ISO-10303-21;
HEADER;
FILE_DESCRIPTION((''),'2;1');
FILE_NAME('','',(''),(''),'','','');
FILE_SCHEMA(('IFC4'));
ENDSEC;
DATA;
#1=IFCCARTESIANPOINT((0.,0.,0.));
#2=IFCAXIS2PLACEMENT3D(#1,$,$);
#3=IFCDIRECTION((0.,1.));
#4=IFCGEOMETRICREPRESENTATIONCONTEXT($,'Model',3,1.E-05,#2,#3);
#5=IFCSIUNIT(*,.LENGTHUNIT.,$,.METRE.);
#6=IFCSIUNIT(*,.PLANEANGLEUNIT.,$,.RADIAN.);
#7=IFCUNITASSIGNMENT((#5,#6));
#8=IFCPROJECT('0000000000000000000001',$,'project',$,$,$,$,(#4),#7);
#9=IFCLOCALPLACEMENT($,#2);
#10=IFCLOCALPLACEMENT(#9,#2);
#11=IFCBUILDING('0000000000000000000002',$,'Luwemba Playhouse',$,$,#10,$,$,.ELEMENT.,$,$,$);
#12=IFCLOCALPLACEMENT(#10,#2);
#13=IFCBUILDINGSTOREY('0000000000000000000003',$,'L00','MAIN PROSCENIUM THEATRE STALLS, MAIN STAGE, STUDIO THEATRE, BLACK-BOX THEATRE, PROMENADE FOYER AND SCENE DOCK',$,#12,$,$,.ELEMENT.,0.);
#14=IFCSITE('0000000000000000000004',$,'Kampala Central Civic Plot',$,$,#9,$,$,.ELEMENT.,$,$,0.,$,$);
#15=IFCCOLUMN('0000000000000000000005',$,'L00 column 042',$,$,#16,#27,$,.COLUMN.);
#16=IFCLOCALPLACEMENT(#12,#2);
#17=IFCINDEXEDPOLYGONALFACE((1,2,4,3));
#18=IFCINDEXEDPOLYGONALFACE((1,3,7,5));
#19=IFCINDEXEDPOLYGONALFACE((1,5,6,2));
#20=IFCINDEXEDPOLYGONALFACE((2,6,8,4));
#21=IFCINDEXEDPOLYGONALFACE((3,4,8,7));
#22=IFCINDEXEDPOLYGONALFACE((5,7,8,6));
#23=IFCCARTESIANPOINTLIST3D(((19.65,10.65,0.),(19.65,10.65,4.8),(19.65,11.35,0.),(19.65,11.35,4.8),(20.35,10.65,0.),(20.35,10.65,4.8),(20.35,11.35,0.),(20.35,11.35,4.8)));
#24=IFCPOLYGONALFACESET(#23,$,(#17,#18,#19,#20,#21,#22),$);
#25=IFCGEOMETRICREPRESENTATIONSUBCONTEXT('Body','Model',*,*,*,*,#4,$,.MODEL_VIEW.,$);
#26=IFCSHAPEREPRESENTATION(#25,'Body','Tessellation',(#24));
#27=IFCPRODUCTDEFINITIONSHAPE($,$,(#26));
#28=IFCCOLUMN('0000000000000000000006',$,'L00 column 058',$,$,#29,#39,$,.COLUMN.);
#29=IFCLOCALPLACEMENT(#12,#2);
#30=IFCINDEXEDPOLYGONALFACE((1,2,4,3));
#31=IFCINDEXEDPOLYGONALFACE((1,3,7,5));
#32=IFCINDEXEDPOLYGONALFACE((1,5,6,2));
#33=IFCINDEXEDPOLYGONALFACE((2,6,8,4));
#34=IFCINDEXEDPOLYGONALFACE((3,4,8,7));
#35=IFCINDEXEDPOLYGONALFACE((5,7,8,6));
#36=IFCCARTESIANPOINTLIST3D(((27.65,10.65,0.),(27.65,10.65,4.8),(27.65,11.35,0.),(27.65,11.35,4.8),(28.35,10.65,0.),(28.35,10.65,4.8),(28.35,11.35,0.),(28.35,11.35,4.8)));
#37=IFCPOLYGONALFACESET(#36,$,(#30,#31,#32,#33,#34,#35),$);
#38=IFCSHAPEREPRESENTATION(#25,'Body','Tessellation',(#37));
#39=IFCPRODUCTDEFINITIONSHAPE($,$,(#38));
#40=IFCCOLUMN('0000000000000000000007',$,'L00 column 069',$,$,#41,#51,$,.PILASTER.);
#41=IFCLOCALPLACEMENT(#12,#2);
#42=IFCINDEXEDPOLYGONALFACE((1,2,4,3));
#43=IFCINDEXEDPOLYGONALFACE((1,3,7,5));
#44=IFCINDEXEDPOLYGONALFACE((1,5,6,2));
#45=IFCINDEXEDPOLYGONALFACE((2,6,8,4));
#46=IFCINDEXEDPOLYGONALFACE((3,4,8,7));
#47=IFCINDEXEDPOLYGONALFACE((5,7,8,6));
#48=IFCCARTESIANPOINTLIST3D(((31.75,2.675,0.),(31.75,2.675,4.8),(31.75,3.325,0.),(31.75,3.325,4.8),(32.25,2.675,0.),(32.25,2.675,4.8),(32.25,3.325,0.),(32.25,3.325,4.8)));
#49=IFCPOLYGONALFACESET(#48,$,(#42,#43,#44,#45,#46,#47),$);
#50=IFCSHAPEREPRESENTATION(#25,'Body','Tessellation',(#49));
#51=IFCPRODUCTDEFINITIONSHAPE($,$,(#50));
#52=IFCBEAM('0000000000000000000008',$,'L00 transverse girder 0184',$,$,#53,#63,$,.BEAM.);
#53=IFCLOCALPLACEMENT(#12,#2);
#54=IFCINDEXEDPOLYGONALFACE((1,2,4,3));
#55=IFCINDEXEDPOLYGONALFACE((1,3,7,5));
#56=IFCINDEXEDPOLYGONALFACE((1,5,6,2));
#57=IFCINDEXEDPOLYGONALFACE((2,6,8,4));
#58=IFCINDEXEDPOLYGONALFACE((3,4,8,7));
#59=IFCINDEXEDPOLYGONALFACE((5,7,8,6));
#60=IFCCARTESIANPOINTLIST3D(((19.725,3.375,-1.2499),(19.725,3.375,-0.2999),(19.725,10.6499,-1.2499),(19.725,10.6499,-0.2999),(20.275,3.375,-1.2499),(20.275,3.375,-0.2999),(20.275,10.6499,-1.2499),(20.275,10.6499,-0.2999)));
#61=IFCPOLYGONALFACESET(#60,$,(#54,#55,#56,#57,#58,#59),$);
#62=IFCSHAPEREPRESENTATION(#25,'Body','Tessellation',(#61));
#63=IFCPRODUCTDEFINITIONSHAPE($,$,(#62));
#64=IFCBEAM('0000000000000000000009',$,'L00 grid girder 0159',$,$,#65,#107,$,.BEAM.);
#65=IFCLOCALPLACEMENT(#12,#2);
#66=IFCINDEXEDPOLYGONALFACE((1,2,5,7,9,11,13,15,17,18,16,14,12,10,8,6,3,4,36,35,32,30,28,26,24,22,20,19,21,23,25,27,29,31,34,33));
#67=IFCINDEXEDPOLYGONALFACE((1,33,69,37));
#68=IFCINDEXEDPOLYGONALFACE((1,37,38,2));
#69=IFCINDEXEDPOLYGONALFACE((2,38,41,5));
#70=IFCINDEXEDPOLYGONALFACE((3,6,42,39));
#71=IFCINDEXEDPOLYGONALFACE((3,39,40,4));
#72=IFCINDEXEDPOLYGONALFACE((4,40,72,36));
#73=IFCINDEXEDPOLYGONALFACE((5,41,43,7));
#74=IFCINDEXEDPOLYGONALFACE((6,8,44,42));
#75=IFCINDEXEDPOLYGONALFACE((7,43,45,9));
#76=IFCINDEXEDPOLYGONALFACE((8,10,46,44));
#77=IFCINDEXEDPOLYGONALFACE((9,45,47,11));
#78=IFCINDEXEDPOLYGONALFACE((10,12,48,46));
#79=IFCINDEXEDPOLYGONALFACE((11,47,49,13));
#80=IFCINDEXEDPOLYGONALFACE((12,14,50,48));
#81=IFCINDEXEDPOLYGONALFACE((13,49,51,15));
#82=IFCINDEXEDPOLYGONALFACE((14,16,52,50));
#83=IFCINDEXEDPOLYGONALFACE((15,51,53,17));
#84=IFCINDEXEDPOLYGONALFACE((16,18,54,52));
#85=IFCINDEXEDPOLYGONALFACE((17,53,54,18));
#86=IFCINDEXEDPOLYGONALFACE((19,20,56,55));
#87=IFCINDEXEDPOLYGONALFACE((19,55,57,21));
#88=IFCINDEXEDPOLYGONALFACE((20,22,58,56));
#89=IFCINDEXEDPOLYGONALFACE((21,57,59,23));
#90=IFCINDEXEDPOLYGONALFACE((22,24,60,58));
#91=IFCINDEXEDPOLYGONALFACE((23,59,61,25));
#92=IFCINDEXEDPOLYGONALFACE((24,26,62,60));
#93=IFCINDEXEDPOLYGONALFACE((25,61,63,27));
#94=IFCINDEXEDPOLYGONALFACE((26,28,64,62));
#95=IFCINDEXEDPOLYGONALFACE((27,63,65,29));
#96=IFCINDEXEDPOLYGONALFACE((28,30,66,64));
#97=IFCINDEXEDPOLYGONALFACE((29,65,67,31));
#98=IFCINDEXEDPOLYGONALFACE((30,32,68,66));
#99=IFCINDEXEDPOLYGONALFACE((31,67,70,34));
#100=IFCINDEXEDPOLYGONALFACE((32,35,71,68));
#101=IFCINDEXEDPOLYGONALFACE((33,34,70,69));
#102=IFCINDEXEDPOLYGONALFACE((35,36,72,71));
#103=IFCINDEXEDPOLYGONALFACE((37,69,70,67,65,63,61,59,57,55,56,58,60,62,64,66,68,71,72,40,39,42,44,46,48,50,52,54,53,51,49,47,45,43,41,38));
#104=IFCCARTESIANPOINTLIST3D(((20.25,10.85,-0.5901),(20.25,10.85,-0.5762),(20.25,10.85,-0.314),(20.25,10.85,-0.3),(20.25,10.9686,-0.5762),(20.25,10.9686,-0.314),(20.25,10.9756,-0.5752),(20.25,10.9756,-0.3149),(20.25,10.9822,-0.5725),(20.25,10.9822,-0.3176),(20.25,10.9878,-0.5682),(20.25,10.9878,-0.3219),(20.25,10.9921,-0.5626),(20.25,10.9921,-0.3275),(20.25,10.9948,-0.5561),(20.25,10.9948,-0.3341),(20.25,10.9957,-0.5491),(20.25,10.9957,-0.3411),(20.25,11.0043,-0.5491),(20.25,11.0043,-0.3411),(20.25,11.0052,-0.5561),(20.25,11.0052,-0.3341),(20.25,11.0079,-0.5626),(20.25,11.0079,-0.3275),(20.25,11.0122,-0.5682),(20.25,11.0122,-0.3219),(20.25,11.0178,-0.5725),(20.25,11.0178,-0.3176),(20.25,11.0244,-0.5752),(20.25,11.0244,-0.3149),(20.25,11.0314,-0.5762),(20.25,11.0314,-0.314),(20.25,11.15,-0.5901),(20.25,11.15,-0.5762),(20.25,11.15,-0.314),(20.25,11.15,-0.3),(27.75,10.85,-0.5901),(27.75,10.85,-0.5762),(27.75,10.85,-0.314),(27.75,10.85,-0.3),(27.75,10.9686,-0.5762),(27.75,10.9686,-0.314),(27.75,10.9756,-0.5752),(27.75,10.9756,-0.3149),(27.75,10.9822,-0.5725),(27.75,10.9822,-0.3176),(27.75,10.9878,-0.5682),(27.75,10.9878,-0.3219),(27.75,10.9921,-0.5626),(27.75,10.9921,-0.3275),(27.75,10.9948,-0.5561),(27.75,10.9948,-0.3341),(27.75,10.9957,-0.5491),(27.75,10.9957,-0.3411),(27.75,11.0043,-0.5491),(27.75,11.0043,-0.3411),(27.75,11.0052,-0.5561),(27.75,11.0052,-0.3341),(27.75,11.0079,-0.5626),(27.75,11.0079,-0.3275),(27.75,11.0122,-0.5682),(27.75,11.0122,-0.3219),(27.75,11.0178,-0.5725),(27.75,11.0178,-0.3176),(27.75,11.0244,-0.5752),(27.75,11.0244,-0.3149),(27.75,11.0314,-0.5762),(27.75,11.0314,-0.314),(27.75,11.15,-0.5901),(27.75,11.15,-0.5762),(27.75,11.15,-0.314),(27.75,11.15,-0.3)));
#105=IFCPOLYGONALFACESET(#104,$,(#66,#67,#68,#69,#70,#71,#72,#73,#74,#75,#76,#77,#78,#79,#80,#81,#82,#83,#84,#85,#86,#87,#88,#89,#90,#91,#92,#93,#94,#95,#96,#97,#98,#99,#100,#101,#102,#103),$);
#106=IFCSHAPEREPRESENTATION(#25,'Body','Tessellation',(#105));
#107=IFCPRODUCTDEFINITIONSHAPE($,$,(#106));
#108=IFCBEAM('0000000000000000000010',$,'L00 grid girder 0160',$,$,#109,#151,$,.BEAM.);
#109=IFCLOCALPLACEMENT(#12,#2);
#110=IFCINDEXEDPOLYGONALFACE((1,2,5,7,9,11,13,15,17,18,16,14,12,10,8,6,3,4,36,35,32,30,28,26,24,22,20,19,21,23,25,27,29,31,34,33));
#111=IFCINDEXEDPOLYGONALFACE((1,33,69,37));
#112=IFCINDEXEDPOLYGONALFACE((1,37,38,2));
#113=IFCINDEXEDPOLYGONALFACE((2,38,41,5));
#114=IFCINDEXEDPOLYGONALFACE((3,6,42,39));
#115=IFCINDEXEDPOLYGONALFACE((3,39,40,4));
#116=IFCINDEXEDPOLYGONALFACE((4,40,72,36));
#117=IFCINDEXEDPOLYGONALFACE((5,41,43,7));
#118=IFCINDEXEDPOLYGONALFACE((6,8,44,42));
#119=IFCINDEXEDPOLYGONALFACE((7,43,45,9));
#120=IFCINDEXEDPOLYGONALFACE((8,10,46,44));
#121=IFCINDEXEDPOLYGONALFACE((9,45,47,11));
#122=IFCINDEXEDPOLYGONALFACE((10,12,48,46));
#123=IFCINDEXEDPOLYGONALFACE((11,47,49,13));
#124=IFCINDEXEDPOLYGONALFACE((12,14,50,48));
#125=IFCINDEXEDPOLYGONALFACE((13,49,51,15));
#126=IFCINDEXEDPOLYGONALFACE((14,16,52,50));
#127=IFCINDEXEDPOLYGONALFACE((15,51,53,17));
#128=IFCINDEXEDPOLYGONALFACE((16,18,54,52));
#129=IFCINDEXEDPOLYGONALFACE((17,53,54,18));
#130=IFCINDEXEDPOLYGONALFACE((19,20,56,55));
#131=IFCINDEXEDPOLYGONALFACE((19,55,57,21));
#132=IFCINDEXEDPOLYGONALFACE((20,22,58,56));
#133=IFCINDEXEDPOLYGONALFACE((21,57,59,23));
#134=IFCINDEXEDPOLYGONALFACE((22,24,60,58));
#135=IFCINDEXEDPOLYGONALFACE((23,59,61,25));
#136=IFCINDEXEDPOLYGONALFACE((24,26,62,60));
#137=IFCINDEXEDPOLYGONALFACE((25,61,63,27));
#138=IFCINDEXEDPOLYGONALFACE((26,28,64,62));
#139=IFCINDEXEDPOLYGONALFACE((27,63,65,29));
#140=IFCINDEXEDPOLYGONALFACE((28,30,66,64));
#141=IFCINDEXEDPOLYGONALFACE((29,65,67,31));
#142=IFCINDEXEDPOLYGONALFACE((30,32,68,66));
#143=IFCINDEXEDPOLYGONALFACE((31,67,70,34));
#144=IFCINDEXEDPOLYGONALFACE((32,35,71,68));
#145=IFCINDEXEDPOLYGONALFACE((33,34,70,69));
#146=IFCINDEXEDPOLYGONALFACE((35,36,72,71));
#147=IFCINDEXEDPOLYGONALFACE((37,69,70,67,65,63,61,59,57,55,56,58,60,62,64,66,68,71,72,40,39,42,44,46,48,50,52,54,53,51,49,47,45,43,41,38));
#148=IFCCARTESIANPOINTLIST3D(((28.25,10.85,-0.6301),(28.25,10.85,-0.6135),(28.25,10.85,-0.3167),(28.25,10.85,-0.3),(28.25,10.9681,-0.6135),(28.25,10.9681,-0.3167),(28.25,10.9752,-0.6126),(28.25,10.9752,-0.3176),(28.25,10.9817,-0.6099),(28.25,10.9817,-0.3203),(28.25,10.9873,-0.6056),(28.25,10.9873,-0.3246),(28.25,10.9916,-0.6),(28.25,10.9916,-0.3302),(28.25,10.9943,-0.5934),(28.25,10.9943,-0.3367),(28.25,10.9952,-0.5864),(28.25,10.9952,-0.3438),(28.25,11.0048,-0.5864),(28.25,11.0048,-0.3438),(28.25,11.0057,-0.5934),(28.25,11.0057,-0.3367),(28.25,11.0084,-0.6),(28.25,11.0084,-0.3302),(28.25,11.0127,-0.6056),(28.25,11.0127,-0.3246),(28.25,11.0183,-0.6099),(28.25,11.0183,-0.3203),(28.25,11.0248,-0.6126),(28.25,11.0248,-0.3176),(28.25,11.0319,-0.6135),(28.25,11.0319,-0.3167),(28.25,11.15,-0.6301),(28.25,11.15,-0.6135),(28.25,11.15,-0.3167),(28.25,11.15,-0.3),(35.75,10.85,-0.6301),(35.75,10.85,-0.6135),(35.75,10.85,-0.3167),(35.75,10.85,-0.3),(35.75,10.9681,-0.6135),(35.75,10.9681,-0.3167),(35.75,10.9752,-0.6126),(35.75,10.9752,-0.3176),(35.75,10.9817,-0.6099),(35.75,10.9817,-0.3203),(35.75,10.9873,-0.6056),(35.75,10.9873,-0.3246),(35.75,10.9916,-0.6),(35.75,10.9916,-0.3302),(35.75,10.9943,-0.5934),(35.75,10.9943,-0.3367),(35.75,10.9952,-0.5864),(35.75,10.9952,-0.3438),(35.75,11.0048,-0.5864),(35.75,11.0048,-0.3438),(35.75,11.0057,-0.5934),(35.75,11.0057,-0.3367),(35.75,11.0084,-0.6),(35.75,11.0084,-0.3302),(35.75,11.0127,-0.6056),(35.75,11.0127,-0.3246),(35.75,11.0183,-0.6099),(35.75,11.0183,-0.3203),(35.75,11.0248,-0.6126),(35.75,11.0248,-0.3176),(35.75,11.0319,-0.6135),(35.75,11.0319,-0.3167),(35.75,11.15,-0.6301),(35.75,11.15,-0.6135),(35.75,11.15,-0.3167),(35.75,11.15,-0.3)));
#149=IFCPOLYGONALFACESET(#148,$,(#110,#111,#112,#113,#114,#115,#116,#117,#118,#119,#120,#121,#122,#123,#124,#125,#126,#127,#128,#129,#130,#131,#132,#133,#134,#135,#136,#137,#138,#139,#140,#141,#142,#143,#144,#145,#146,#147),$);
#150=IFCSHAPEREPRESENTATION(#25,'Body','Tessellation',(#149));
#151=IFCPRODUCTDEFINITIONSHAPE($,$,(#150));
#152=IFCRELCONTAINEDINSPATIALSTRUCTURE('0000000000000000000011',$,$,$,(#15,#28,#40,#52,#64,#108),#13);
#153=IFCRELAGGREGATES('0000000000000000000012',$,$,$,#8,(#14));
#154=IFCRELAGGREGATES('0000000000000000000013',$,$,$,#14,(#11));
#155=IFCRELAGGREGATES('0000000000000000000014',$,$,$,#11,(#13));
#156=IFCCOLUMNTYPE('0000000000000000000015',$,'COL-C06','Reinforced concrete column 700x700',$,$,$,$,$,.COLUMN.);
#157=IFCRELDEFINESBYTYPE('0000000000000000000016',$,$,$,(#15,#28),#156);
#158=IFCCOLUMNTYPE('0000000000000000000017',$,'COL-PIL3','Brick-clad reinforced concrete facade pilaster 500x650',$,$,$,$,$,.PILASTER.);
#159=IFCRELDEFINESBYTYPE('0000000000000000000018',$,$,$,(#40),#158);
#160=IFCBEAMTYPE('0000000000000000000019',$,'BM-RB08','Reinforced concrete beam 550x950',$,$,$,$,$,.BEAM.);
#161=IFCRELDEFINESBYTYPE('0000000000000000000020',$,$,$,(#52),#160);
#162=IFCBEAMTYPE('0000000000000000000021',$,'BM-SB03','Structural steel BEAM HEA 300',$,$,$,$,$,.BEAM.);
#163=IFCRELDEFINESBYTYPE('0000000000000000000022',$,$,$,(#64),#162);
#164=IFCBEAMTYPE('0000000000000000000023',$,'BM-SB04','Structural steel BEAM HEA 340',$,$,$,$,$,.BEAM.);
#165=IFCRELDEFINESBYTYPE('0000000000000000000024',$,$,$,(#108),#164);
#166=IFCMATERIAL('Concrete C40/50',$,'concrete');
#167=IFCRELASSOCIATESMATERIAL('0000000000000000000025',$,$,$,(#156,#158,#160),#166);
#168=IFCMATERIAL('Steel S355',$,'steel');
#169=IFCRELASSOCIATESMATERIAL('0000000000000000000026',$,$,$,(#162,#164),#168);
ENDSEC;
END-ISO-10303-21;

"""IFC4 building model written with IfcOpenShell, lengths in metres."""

from ifc_helpers import new_model, si_unit, direction, frame, origin, origin_2d, place, context, subcontext, project, spatial, rectangle, i_section, extrude, material, material_profile, profile_set, type_object, element, save


model = new_model("IFC4")

# Units and contexts
model_context = context("Model", 3, precision=1e-05, world=origin(), true_north=direction((0.0, 1.0)))
body_context = subcontext(model_context, "Body", "Model", "MODEL_VIEW")
ifc_project = project(units=[si_unit("LENGTHUNIT", "METRE"), si_unit("PLANEANGLEUNIT", "RADIAN")], contexts=[model_context])

# Site, building, storey
site_placement = place(None, origin())
site = spatial("IfcSite", under=ifc_project, at=site_placement, Name="Kampala Central Civic Plot", CompositionType="ELEMENT", RefElevation=0.0)
building_placement = place(site_placement, origin())
building = spatial("IfcBuilding", under=site, at=building_placement, Name="Luwemba Playhouse", CompositionType="ELEMENT")
storey_placement = place(building_placement, origin())
storey = spatial("IfcBuildingStorey", under=building, at=storey_placement, Name="L00", Description="MAIN PROSCENIUM THEATRE STALLS, MAIN STAGE, STUDIO THEATRE, BLACK-BOX THEATRE, PROMENADE FOYER AND SCENE DOCK", CompositionType="ELEMENT", Elevation=0.0)

# Columns
ifc_material_1 = material(Name="Concrete C40/50", Category="concrete")
ifc_material_profile_1 = material_profile(ifc_material_1, rectangle(XDim=0.7, YDim=0.7, at=origin_2d()))
ifc_profile_set_1 = profile_set([ifc_material_profile_1], Name="Concrete C40/50")
column_type_1 = type_object("IfcColumnType", Name="COL-C06", Description="Reinforced concrete column 700x700", PredefinedType="COLUMN", material=ifc_profile_set_1)
for number, where, z_axis, x_axis, name in (
    (1, (20.0, 11.0, 0.0), (0.0, 0.0, 1.0), (1.0, 0.0, 0.0), "L00 column 042"),
    (2, (28.0, 11.0, 0.0), (0.0, 0.0, 1.0), (1.0, 0.0, 0.0), "L00 column 058"),
):
    element("IfcColumn", number, at=place(storey_placement, frame(where, z_axis=z_axis, x_axis=x_axis)), inside=storey, type_object=column_type_1, Name=name, PredefinedType="COLUMN", context=body_context, shape_type="SweptSolid", body=[
        extrude(rectangle(XDim=0.7, YDim=0.7, at=origin_2d()), origin(), (0.0, 0.0, 1.0), 4.8),
    ])
ifc_material_profile_2 = material_profile(ifc_material_1, rectangle(XDim=0.5, YDim=0.6499, at=origin_2d()))
ifc_profile_set_2 = profile_set([ifc_material_profile_2], Name="Concrete C40/50")
column_type_2 = type_object("IfcColumnType", Name="COL-PIL3", Description="Brick-clad reinforced concrete facade pilaster 500x650", PredefinedType="PILASTER", material=ifc_profile_set_2)
column_placement = place(storey_placement, frame((32.0, 3.0, 0.0), z_axis=(0.0, 0.0, 1.0), x_axis=(1.0, 0.0, 0.0)))
element("IfcColumn", 3, at=column_placement, inside=storey, type_object=column_type_2, Name="L00 column 069", PredefinedType="PILASTER", context=body_context, shape_type="SweptSolid", body=[
    extrude(rectangle(XDim=0.5, YDim=0.6499, at=origin_2d()), origin(), (0.0, 0.0, 1.0), 4.8),
])

# Beams
ifc_material_profile_3 = material_profile(ifc_material_1, rectangle(XDim=0.55, YDim=0.95, at=origin_2d()))
ifc_profile_set_3 = profile_set([ifc_material_profile_3], Name="Concrete C40/50")
beam_type_1 = type_object("IfcBeamType", Name="BM-RB08", Description="Reinforced concrete beam 550x950", PredefinedType="BEAM", material=ifc_profile_set_3)
beam_1_placement = place(storey_placement, frame((20.0, 3.375, -0.7749), z_axis=(0.0, 1.0, 0.0), x_axis=(-1.0, 0.0, 0.0)))
element("IfcBeam", 4, at=beam_1_placement, inside=storey, type_object=beam_type_1, Name="L00 transverse girder 0184", PredefinedType="BEAM", context=body_context, shape_type="SweptSolid", body=[
    extrude(rectangle(XDim=0.55, YDim=0.95, at=origin_2d()), origin(), (0.0, 0.0, 1.0), 7.2749),
])
ifc_material_2 = material(Name="Steel S355", Category="steel")
ifc_material_profile_4 = material_profile(ifc_material_2, i_section(OverallWidth=0.3, OverallDepth=0.29, WebThickness=0.0085, FlangeThickness=0.0139, FilletRadius=0.0271, at=origin_2d()))
ifc_profile_set_4 = profile_set([ifc_material_profile_4], Name="Steel S355")
beam_type_2 = type_object("IfcBeamType", Name="BM-SB03", Description="Structural steel BEAM HEA 300", PredefinedType="BEAM", material=ifc_profile_set_4)
beam_2_placement = place(storey_placement, frame((20.25, 11.0, -0.4451), z_axis=(1.0, 0.0, 0.0), x_axis=(0.0, 1.0, 0.0)))
element("IfcBeam", 5, at=beam_2_placement, inside=storey, type_object=beam_type_2, Name="L00 grid girder 0159", PredefinedType="BEAM", context=body_context, shape_type="SweptSolid", body=[
    extrude(i_section(OverallWidth=0.3, OverallDepth=0.29, WebThickness=0.0085, FlangeThickness=0.0139, FilletRadius=0.0271, at=origin_2d()), origin(), (0.0, 0.0, 1.0), 7.5),
])
ifc_material_profile_5 = material_profile(ifc_material_2, i_section(OverallWidth=0.3, OverallDepth=0.3301, WebThickness=0.0095, FlangeThickness=0.0166, FilletRadius=0.0271, at=origin_2d()))
ifc_profile_set_5 = profile_set([ifc_material_profile_5], Name="Steel S355")
beam_type_3 = type_object("IfcBeamType", Name="BM-SB04", Description="Structural steel BEAM HEA 340", PredefinedType="BEAM", material=ifc_profile_set_5)
beam_3_placement = place(storey_placement, frame((28.25, 11.0, -0.4651), z_axis=(1.0, 0.0, 0.0), x_axis=(0.0, 1.0, 0.0)))
element("IfcBeam", 6, at=beam_3_placement, inside=storey, type_object=beam_type_3, Name="L00 grid girder 0160", PredefinedType="BEAM", context=body_context, shape_type="SweptSolid", body=[
    extrude(i_section(OverallWidth=0.3, OverallDepth=0.3301, WebThickness=0.0095, FlangeThickness=0.0166, FilletRadius=0.0271, at=origin_2d()), origin(), (0.0, 0.0, 1.0), 7.5),
])

save(model, "model.ifc")
